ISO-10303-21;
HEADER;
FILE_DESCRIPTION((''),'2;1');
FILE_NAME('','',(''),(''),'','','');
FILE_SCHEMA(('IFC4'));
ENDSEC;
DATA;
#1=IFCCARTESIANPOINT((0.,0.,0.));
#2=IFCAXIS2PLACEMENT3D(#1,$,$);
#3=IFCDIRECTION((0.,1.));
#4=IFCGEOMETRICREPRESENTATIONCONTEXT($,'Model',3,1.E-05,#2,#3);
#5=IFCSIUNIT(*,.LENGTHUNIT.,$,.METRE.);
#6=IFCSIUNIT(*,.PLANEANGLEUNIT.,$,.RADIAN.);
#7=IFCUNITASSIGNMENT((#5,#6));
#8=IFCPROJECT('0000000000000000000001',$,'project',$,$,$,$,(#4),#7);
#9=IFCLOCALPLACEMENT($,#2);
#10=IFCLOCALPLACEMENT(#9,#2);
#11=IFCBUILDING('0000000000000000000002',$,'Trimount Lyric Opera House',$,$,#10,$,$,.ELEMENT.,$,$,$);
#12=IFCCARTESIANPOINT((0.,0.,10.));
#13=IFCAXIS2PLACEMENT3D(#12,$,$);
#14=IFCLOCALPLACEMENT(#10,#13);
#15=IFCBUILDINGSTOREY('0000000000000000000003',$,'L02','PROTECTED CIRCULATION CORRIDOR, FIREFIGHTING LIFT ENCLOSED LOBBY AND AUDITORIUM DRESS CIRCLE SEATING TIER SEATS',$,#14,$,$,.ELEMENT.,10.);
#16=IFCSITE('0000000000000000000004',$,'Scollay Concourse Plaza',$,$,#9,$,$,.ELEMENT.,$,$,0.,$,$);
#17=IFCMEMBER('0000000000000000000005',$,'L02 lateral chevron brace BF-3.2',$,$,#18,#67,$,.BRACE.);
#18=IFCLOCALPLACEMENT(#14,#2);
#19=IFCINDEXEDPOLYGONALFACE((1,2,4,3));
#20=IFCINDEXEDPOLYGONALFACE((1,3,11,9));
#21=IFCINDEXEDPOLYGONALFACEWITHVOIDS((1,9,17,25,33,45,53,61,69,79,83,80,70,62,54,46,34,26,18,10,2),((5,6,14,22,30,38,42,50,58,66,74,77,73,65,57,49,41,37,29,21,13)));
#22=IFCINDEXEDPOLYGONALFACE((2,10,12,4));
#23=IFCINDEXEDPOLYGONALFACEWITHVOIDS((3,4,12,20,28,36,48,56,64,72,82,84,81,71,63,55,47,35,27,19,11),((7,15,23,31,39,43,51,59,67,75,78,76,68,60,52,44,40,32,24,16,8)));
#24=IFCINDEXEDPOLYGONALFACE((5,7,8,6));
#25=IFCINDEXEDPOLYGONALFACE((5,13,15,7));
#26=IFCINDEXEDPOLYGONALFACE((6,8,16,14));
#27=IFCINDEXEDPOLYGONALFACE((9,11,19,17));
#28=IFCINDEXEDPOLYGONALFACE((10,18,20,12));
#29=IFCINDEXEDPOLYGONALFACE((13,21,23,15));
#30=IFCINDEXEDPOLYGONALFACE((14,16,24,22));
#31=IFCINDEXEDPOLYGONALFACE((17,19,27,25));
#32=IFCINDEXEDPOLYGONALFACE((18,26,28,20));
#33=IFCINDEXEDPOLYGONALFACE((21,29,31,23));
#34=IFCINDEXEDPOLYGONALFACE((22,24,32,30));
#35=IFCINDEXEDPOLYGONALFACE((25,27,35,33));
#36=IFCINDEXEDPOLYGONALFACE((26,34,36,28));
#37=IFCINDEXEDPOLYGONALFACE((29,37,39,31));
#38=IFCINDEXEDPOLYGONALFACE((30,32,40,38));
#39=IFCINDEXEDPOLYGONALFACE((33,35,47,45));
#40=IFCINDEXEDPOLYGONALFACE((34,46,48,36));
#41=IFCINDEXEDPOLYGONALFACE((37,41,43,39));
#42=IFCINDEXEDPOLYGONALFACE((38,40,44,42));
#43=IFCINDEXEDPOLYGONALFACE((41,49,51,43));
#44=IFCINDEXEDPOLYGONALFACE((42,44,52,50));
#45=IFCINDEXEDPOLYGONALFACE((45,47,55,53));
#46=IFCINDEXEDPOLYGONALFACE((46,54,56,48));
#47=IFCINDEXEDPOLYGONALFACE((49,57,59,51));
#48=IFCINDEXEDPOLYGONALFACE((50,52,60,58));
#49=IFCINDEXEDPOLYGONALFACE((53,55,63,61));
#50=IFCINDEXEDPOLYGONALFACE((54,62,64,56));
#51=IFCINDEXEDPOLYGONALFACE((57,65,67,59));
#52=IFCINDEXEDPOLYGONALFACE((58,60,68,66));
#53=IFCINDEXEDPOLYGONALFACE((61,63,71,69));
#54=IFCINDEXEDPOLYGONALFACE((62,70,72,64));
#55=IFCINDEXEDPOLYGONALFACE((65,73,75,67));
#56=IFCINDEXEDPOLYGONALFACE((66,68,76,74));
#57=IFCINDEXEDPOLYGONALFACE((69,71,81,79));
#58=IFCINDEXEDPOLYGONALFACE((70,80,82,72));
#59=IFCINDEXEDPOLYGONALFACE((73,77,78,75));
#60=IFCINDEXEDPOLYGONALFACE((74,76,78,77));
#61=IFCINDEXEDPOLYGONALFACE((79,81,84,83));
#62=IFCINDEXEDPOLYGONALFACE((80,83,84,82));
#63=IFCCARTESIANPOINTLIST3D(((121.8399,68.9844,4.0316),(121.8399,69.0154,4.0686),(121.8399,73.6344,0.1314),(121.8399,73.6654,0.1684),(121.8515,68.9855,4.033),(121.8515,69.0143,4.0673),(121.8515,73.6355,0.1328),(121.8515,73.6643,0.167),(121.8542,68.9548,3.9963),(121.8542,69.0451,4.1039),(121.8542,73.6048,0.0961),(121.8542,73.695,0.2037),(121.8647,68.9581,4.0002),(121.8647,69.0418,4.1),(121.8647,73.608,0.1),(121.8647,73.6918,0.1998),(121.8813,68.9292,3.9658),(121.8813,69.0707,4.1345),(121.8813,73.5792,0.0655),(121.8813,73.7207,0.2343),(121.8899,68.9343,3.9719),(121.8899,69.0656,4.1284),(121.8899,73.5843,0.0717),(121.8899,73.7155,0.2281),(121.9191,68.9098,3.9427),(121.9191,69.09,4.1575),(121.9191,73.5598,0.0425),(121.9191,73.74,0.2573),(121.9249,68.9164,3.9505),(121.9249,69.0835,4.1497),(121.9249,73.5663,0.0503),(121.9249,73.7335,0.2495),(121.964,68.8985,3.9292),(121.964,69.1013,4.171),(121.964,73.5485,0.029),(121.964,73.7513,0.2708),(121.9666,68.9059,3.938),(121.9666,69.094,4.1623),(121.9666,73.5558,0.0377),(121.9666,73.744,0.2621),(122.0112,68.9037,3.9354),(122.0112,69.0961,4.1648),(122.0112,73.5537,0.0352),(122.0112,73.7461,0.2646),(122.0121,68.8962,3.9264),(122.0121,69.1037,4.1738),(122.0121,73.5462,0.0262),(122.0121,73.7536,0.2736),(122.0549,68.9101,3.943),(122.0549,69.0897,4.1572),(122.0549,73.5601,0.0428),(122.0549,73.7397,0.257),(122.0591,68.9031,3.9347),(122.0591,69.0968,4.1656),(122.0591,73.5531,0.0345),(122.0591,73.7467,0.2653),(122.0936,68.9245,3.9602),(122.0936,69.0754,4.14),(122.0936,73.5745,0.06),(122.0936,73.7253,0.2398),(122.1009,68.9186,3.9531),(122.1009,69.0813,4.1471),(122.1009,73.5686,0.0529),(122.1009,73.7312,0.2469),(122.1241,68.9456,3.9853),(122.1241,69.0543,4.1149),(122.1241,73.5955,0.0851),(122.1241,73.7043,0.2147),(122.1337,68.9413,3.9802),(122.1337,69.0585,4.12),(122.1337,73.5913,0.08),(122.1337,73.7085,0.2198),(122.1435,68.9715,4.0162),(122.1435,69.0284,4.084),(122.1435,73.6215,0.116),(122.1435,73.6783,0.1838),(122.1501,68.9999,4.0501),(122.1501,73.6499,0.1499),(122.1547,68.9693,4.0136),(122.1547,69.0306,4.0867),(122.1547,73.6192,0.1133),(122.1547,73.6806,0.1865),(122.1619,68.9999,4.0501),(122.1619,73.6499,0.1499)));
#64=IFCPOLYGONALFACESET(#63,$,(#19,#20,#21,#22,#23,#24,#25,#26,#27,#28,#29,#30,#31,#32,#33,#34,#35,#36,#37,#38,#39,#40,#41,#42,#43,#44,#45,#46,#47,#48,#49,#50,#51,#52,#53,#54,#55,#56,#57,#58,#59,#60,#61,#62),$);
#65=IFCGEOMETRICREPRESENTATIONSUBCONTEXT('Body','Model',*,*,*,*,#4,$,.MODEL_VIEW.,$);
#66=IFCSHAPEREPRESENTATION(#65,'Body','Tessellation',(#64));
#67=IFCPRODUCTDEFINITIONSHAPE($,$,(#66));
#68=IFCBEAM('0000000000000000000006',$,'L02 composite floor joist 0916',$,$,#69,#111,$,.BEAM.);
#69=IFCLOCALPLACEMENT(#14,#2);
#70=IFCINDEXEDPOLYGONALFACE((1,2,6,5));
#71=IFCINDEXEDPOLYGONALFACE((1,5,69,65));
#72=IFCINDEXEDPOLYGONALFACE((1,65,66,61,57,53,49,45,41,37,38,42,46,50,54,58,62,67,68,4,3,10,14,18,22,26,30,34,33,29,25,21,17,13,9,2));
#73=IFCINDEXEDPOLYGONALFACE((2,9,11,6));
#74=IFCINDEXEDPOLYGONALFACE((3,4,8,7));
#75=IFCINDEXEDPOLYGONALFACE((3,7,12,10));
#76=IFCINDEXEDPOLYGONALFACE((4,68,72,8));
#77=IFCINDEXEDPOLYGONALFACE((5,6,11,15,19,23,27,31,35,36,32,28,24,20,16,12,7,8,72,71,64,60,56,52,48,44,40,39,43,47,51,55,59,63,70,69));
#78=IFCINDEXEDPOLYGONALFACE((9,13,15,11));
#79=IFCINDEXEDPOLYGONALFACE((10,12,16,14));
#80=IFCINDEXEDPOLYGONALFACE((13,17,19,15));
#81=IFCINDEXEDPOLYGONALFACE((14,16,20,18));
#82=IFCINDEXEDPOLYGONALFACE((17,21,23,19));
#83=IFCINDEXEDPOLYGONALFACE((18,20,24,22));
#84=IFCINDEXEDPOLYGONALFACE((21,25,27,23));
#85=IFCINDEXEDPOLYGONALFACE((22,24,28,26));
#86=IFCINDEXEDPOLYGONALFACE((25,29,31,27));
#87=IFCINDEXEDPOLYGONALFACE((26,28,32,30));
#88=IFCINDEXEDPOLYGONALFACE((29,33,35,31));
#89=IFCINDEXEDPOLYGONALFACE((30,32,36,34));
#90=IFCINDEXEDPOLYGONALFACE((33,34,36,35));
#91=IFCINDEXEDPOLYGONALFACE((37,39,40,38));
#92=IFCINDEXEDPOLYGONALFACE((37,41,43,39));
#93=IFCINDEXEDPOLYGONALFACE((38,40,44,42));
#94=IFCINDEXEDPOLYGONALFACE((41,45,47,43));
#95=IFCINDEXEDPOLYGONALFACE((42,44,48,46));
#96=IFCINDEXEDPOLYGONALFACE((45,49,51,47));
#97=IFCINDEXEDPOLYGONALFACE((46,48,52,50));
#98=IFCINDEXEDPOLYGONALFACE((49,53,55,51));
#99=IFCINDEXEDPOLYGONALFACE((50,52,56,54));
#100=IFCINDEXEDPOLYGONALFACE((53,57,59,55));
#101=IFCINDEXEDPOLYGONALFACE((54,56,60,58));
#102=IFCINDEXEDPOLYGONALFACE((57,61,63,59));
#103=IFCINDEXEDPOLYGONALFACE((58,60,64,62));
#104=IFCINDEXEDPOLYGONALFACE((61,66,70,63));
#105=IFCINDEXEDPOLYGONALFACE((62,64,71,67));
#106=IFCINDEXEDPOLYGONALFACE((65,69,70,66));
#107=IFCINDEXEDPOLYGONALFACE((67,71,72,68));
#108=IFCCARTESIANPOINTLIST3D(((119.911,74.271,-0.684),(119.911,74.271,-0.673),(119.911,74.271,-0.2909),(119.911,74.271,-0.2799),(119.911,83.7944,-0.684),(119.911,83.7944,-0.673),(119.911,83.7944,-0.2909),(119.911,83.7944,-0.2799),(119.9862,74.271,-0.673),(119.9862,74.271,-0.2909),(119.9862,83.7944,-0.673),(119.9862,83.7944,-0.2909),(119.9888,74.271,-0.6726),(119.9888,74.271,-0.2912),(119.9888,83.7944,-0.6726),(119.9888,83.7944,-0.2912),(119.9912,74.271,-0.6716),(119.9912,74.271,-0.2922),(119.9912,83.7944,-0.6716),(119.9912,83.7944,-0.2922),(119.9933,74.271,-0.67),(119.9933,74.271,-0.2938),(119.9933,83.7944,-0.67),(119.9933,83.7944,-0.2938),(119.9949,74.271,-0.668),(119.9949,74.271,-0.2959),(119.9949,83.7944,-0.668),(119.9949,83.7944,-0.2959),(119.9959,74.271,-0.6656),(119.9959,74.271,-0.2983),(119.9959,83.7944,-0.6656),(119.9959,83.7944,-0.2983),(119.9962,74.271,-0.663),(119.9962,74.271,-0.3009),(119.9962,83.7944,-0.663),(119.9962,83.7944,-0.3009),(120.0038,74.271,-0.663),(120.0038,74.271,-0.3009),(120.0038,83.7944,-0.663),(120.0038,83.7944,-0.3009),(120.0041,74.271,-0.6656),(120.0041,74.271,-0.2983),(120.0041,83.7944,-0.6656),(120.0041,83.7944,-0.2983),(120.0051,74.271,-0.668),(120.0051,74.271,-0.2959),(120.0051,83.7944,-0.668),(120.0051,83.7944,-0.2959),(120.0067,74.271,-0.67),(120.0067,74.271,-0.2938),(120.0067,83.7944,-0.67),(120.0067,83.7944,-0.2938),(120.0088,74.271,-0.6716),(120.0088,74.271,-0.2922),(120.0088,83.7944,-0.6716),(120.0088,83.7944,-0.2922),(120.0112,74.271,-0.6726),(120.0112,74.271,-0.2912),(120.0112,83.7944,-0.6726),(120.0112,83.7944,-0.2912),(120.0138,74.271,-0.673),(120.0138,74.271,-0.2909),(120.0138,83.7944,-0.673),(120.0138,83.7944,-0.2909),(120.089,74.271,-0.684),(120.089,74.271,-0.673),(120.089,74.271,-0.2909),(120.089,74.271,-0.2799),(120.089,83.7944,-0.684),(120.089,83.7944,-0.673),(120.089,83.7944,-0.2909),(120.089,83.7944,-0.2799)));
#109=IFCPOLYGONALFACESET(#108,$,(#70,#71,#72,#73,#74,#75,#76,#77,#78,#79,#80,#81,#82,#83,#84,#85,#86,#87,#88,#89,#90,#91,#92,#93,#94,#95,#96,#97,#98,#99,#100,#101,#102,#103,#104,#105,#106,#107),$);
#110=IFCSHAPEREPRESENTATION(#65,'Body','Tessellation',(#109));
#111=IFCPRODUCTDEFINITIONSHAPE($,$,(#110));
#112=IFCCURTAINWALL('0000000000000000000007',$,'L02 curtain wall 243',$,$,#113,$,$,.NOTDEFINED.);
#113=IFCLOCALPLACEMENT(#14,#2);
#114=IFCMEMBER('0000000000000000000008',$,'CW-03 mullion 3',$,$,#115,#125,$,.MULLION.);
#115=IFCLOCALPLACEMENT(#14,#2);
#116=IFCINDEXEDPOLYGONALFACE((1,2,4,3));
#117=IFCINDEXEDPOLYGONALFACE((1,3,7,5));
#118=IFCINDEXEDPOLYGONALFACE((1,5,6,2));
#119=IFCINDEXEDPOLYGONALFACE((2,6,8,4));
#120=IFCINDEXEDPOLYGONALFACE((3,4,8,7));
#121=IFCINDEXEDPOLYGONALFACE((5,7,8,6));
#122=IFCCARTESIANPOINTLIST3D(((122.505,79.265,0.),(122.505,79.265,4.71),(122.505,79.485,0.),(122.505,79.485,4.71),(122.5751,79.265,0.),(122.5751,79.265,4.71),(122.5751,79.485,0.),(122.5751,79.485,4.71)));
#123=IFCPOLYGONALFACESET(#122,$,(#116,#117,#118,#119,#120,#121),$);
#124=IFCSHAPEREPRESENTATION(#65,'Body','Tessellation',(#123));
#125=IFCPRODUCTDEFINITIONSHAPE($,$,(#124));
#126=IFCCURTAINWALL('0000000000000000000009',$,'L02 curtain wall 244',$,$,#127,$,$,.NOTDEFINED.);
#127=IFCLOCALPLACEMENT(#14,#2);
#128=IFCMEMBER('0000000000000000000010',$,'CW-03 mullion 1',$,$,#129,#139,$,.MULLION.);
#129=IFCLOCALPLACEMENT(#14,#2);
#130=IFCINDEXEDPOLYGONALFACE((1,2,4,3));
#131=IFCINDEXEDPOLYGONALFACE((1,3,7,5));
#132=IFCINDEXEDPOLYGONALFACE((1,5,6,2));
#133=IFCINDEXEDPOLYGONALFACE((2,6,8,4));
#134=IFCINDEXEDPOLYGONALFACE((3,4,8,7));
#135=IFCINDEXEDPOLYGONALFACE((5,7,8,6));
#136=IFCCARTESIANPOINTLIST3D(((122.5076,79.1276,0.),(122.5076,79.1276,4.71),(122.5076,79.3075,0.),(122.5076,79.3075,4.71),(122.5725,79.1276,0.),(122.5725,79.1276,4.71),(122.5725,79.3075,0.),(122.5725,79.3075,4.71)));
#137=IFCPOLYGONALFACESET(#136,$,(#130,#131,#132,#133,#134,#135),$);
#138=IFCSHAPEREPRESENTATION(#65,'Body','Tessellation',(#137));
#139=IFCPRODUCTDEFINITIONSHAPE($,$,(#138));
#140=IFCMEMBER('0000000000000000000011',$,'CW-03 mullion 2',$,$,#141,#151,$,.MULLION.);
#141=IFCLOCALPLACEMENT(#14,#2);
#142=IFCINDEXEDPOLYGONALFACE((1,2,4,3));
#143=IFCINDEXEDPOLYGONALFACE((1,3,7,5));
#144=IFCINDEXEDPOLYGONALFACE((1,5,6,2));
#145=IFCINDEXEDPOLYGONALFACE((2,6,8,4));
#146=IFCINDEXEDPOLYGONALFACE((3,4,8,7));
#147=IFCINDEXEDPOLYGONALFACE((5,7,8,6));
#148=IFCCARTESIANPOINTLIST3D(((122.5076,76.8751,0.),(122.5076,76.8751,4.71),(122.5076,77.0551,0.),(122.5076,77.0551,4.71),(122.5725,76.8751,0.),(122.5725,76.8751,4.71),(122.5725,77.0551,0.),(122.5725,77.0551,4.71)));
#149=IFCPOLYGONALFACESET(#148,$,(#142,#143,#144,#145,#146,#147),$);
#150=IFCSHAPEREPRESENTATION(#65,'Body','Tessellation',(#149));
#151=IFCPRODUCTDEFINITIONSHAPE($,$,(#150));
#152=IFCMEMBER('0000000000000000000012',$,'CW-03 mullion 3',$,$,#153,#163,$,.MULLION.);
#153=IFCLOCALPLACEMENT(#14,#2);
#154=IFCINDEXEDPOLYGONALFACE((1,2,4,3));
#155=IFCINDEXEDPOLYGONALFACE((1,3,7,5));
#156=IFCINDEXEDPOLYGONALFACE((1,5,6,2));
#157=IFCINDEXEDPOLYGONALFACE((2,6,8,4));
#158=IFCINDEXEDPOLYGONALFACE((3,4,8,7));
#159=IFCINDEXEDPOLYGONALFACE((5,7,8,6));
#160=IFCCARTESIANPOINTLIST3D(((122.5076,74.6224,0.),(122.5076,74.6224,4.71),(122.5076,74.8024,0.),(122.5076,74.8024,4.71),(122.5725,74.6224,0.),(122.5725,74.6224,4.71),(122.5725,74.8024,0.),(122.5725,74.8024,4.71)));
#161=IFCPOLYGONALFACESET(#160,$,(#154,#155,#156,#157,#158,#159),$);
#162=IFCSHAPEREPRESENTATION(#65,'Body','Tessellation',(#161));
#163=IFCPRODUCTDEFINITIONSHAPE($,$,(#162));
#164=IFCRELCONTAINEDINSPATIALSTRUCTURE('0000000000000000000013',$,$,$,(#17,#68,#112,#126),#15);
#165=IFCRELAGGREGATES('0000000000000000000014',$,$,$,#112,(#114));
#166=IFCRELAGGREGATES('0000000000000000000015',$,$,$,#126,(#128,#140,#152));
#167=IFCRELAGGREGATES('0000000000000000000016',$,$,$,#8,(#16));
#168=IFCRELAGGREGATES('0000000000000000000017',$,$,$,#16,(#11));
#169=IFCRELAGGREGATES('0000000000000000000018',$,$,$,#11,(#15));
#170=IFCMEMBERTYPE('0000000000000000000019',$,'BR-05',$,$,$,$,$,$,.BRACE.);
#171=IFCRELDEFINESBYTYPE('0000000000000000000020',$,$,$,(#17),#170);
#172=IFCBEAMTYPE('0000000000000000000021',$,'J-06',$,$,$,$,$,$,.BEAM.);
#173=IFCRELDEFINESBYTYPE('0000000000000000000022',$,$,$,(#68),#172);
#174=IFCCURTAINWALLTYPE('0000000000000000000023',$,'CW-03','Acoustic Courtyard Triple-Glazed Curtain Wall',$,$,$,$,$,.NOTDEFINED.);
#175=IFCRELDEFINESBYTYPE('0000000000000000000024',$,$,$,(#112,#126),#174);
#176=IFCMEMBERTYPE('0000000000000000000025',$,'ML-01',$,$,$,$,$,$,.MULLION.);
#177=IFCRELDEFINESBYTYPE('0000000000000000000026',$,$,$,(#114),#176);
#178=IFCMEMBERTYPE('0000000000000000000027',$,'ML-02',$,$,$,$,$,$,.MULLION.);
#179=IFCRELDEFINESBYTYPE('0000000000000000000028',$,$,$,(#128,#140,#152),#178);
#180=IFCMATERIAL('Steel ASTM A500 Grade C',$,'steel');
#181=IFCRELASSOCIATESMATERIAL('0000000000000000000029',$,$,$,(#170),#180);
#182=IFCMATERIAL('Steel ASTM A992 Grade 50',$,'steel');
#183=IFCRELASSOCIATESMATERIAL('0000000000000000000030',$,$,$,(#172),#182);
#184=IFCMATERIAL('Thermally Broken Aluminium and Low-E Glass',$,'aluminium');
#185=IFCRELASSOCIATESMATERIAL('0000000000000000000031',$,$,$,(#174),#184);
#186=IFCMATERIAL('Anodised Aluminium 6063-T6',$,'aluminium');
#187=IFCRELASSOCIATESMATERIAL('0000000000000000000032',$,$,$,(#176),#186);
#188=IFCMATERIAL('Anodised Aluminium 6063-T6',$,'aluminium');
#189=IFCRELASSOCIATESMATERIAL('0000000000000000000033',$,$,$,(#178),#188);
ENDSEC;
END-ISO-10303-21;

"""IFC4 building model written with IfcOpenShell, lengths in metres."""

from ifc_helpers import new_model, si_unit, direction, frame, origin, origin_2d, place, context, subcontext, project, spatial, rectangle, hollow_circle, i_section, extrude, material, material_profile, profile_set, type_object, element, aggregate, save


model = new_model("IFC4")

# Units and contexts
model_context = context("Model", 3, precision=1e-05, world=origin(), true_north=direction((0.0, 1.0)))
body_context = subcontext(model_context, "Body", "Model", "MODEL_VIEW")
ifc_project = project(units=[si_unit("LENGTHUNIT", "METRE"), si_unit("PLANEANGLEUNIT", "RADIAN")], contexts=[model_context])

# Site, building, storey
site_placement = place(None, origin())
site = spatial("IfcSite", under=ifc_project, at=site_placement, Name="Scollay Concourse Plaza", CompositionType="ELEMENT", RefElevation=0.0)
building_placement = place(site_placement, origin())
building = spatial("IfcBuilding", under=site, at=building_placement, Name="Trimount Lyric Opera House", CompositionType="ELEMENT")
storey_placement = place(building_placement, frame((0.0, 0.0, 10.0)))
storey = spatial("IfcBuildingStorey", under=building, at=storey_placement, Name="L02", Description="PROTECTED CIRCULATION CORRIDOR, FIREFIGHTING LIFT ENCLOSED LOBBY AND AUDITORIUM DRESS CIRCLE SEATING TIER SEATS", CompositionType="ELEMENT", Elevation=10.0)

# Member
ifc_material_1 = material(Name="Steel ASTM A500 Grade C", Category="steel")
ifc_material_profile_1 = material_profile(ifc_material_1, hollow_circle(Radius=0.1619, WallThickness=0.0117, at=origin_2d()), Name="HSS323.9X12.7")
ifc_profile_set_1 = profile_set([ifc_material_profile_1], Name="Steel ASTM A500 Grade C")
member_type_1 = type_object("IfcMemberType", Name="BR-05", PredefinedType="BRACE", material=ifc_profile_set_1)
member_1_placement = place(storey_placement, frame((122.0, 73.6499, 0.1499), z_axis=(0.0, -0.766173, 0.642634), x_axis=(1.0, 0.0, 0.0)))
element("IfcMember", 1, at=member_1_placement, inside=storey, type_object=member_type_1, Name="L02 lateral chevron brace BF-3.2", PredefinedType="BRACE", context=body_context, shape_type="SweptSolid", body=[
    extrude(hollow_circle(Radius=0.1619, WallThickness=0.0117, at=origin_2d()), origin(), (0.0, 0.0, 1.0), 6.0691),
])

# Beam
ifc_material_2 = material(Name="Steel ASTM A992 Grade 50", Category="steel")
ifc_material_profile_2 = material_profile(ifc_material_2, i_section(OverallWidth=0.178, OverallDepth=0.4041, WebThickness=0.0076, FlangeThickness=0.011, FilletRadius=0.01, at=origin_2d()), Name="W16X36")
ifc_profile_set_2 = profile_set([ifc_material_profile_2], Name="Steel ASTM A992 Grade 50")
beam_type_1 = type_object("IfcBeamType", Name="J-06", PredefinedType="BEAM", material=ifc_profile_set_2)
beam_1_placement = place(storey_placement, frame((120.0, 74.271, -0.4819), z_axis=(0.0, 1.0, 0.0), x_axis=(-1.0, 0.0, 0.0)))
element("IfcBeam", 2, at=beam_1_placement, inside=storey, type_object=beam_type_1, Name="L02 composite floor joist 0916", PredefinedType="BEAM", context=body_context, shape_type="SweptSolid", body=[
    extrude(i_section(OverallWidth=0.178, OverallDepth=0.4041, WebThickness=0.0076, FlangeThickness=0.011, FilletRadius=0.01, at=origin_2d()), origin(), (0.0, 0.0, 1.0), 9.5234),
])

# Curtain wall, member
ifc_material_3 = material(Name="Thermally Broken Aluminium and Low-E Glass", Category="aluminium")
curtain_wall_type = type_object("IfcCurtainWallType", Name="CW-03", Description="Acoustic Courtyard Triple-Glazed Curtain Wall", PredefinedType="NOTDEFINED", material=ifc_material_3)
curtain_wall_1_placement = place(storey_placement, origin())
curtain_wall_1 = element("IfcCurtainWall", 3, at=curtain_wall_1_placement, inside=storey, type_object=curtain_wall_type, Name="L02 curtain wall 243", PredefinedType="NOTDEFINED")
ifc_material_4 = material(Name="Anodised Aluminium 6063-T6", Category="aluminium")
ifc_material_profile_3 = material_profile(ifc_material_4, rectangle(XDim=0.0701, YDim=0.22, at=origin_2d()), Name="ALU-MULL-70X220")
ifc_profile_set_3 = profile_set([ifc_material_profile_3], Name="Anodised Aluminium 6063-T6")
member_type_2 = type_object("IfcMemberType", Name="ML-01", PredefinedType="MULLION", material=ifc_profile_set_3)
member_2_placement = place(storey_placement, frame((122.54, 79.375, 0.0), z_axis=(0.0, 0.0, 1.0), x_axis=(1.0, 0.0, 0.0)))
member_2 = element("IfcMember", 4, at=member_2_placement, type_object=member_type_2, Name="CW-03 mullion 3", PredefinedType="MULLION", context=body_context, shape_type="SweptSolid", body=[
    extrude(rectangle(XDim=0.0701, YDim=0.22, at=origin_2d()), origin(), (0.0, 0.0, 1.0), 4.71),
])

# Curtain wall, members
curtain_wall_2_placement = place(storey_placement, origin())
curtain_wall_2 = element("IfcCurtainWall", 5, at=curtain_wall_2_placement, inside=storey, type_object=curtain_wall_type, Name="L02 curtain wall 244", PredefinedType="NOTDEFINED")
ifc_material_5 = material(Name="Anodised Aluminium 6063-T6", Category="aluminium")
ifc_material_profile_4 = material_profile(ifc_material_5, rectangle(XDim=0.0649, YDim=0.1799, at=origin_2d()), Name="ALU-MULL-65X180")
ifc_profile_set_4 = profile_set([ifc_material_profile_4], Name="Anodised Aluminium 6063-T6")
member_type_3 = type_object("IfcMemberType", Name="ML-02", PredefinedType="MULLION", material=ifc_profile_set_4)
member_3_placement = place(storey_placement, frame((122.54, 79.2175, 0.0), z_axis=(0.0, 0.0, 1.0), x_axis=(1.0, 0.0, 0.0)))
member_3 = element("IfcMember", 6, at=member_3_placement, type_object=member_type_3, Name="CW-03 mullion 1", PredefinedType="MULLION", context=body_context, shape_type="SweptSolid", body=[
    extrude(rectangle(XDim=0.0649, YDim=0.1799, at=origin_2d()), origin(), (0.0, 0.0, 1.0), 4.71),
])
member_4_placement = place(storey_placement, frame((122.54, 76.9651, 0.0), z_axis=(0.0, 0.0, 1.0), x_axis=(1.0, 0.0, 0.0)))
member_4 = element("IfcMember", 7, at=member_4_placement, type_object=member_type_3, Name="CW-03 mullion 2", PredefinedType="MULLION", context=body_context, shape_type="SweptSolid", body=[
    extrude(rectangle(XDim=0.0649, YDim=0.1799, at=origin_2d()), origin(), (0.0, 0.0, 1.0), 4.71),
])
member_5_placement = place(storey_placement, frame((122.54, 74.7124, 0.0), z_axis=(0.0, 0.0, 1.0), x_axis=(1.0, 0.0, 0.0)))
member_5 = element("IfcMember", 8, at=member_5_placement, type_object=member_type_3, Name="CW-03 mullion 3", PredefinedType="MULLION", context=body_context, shape_type="SweptSolid", body=[
    extrude(rectangle(XDim=0.0649, YDim=0.1799, at=origin_2d()), origin(), (0.0, 0.0, 1.0), 4.71),
])

aggregate(curtain_wall_1, [member_2])
aggregate(curtain_wall_2, [member_3, member_4, member_5])

save(model, "model.ifc")
